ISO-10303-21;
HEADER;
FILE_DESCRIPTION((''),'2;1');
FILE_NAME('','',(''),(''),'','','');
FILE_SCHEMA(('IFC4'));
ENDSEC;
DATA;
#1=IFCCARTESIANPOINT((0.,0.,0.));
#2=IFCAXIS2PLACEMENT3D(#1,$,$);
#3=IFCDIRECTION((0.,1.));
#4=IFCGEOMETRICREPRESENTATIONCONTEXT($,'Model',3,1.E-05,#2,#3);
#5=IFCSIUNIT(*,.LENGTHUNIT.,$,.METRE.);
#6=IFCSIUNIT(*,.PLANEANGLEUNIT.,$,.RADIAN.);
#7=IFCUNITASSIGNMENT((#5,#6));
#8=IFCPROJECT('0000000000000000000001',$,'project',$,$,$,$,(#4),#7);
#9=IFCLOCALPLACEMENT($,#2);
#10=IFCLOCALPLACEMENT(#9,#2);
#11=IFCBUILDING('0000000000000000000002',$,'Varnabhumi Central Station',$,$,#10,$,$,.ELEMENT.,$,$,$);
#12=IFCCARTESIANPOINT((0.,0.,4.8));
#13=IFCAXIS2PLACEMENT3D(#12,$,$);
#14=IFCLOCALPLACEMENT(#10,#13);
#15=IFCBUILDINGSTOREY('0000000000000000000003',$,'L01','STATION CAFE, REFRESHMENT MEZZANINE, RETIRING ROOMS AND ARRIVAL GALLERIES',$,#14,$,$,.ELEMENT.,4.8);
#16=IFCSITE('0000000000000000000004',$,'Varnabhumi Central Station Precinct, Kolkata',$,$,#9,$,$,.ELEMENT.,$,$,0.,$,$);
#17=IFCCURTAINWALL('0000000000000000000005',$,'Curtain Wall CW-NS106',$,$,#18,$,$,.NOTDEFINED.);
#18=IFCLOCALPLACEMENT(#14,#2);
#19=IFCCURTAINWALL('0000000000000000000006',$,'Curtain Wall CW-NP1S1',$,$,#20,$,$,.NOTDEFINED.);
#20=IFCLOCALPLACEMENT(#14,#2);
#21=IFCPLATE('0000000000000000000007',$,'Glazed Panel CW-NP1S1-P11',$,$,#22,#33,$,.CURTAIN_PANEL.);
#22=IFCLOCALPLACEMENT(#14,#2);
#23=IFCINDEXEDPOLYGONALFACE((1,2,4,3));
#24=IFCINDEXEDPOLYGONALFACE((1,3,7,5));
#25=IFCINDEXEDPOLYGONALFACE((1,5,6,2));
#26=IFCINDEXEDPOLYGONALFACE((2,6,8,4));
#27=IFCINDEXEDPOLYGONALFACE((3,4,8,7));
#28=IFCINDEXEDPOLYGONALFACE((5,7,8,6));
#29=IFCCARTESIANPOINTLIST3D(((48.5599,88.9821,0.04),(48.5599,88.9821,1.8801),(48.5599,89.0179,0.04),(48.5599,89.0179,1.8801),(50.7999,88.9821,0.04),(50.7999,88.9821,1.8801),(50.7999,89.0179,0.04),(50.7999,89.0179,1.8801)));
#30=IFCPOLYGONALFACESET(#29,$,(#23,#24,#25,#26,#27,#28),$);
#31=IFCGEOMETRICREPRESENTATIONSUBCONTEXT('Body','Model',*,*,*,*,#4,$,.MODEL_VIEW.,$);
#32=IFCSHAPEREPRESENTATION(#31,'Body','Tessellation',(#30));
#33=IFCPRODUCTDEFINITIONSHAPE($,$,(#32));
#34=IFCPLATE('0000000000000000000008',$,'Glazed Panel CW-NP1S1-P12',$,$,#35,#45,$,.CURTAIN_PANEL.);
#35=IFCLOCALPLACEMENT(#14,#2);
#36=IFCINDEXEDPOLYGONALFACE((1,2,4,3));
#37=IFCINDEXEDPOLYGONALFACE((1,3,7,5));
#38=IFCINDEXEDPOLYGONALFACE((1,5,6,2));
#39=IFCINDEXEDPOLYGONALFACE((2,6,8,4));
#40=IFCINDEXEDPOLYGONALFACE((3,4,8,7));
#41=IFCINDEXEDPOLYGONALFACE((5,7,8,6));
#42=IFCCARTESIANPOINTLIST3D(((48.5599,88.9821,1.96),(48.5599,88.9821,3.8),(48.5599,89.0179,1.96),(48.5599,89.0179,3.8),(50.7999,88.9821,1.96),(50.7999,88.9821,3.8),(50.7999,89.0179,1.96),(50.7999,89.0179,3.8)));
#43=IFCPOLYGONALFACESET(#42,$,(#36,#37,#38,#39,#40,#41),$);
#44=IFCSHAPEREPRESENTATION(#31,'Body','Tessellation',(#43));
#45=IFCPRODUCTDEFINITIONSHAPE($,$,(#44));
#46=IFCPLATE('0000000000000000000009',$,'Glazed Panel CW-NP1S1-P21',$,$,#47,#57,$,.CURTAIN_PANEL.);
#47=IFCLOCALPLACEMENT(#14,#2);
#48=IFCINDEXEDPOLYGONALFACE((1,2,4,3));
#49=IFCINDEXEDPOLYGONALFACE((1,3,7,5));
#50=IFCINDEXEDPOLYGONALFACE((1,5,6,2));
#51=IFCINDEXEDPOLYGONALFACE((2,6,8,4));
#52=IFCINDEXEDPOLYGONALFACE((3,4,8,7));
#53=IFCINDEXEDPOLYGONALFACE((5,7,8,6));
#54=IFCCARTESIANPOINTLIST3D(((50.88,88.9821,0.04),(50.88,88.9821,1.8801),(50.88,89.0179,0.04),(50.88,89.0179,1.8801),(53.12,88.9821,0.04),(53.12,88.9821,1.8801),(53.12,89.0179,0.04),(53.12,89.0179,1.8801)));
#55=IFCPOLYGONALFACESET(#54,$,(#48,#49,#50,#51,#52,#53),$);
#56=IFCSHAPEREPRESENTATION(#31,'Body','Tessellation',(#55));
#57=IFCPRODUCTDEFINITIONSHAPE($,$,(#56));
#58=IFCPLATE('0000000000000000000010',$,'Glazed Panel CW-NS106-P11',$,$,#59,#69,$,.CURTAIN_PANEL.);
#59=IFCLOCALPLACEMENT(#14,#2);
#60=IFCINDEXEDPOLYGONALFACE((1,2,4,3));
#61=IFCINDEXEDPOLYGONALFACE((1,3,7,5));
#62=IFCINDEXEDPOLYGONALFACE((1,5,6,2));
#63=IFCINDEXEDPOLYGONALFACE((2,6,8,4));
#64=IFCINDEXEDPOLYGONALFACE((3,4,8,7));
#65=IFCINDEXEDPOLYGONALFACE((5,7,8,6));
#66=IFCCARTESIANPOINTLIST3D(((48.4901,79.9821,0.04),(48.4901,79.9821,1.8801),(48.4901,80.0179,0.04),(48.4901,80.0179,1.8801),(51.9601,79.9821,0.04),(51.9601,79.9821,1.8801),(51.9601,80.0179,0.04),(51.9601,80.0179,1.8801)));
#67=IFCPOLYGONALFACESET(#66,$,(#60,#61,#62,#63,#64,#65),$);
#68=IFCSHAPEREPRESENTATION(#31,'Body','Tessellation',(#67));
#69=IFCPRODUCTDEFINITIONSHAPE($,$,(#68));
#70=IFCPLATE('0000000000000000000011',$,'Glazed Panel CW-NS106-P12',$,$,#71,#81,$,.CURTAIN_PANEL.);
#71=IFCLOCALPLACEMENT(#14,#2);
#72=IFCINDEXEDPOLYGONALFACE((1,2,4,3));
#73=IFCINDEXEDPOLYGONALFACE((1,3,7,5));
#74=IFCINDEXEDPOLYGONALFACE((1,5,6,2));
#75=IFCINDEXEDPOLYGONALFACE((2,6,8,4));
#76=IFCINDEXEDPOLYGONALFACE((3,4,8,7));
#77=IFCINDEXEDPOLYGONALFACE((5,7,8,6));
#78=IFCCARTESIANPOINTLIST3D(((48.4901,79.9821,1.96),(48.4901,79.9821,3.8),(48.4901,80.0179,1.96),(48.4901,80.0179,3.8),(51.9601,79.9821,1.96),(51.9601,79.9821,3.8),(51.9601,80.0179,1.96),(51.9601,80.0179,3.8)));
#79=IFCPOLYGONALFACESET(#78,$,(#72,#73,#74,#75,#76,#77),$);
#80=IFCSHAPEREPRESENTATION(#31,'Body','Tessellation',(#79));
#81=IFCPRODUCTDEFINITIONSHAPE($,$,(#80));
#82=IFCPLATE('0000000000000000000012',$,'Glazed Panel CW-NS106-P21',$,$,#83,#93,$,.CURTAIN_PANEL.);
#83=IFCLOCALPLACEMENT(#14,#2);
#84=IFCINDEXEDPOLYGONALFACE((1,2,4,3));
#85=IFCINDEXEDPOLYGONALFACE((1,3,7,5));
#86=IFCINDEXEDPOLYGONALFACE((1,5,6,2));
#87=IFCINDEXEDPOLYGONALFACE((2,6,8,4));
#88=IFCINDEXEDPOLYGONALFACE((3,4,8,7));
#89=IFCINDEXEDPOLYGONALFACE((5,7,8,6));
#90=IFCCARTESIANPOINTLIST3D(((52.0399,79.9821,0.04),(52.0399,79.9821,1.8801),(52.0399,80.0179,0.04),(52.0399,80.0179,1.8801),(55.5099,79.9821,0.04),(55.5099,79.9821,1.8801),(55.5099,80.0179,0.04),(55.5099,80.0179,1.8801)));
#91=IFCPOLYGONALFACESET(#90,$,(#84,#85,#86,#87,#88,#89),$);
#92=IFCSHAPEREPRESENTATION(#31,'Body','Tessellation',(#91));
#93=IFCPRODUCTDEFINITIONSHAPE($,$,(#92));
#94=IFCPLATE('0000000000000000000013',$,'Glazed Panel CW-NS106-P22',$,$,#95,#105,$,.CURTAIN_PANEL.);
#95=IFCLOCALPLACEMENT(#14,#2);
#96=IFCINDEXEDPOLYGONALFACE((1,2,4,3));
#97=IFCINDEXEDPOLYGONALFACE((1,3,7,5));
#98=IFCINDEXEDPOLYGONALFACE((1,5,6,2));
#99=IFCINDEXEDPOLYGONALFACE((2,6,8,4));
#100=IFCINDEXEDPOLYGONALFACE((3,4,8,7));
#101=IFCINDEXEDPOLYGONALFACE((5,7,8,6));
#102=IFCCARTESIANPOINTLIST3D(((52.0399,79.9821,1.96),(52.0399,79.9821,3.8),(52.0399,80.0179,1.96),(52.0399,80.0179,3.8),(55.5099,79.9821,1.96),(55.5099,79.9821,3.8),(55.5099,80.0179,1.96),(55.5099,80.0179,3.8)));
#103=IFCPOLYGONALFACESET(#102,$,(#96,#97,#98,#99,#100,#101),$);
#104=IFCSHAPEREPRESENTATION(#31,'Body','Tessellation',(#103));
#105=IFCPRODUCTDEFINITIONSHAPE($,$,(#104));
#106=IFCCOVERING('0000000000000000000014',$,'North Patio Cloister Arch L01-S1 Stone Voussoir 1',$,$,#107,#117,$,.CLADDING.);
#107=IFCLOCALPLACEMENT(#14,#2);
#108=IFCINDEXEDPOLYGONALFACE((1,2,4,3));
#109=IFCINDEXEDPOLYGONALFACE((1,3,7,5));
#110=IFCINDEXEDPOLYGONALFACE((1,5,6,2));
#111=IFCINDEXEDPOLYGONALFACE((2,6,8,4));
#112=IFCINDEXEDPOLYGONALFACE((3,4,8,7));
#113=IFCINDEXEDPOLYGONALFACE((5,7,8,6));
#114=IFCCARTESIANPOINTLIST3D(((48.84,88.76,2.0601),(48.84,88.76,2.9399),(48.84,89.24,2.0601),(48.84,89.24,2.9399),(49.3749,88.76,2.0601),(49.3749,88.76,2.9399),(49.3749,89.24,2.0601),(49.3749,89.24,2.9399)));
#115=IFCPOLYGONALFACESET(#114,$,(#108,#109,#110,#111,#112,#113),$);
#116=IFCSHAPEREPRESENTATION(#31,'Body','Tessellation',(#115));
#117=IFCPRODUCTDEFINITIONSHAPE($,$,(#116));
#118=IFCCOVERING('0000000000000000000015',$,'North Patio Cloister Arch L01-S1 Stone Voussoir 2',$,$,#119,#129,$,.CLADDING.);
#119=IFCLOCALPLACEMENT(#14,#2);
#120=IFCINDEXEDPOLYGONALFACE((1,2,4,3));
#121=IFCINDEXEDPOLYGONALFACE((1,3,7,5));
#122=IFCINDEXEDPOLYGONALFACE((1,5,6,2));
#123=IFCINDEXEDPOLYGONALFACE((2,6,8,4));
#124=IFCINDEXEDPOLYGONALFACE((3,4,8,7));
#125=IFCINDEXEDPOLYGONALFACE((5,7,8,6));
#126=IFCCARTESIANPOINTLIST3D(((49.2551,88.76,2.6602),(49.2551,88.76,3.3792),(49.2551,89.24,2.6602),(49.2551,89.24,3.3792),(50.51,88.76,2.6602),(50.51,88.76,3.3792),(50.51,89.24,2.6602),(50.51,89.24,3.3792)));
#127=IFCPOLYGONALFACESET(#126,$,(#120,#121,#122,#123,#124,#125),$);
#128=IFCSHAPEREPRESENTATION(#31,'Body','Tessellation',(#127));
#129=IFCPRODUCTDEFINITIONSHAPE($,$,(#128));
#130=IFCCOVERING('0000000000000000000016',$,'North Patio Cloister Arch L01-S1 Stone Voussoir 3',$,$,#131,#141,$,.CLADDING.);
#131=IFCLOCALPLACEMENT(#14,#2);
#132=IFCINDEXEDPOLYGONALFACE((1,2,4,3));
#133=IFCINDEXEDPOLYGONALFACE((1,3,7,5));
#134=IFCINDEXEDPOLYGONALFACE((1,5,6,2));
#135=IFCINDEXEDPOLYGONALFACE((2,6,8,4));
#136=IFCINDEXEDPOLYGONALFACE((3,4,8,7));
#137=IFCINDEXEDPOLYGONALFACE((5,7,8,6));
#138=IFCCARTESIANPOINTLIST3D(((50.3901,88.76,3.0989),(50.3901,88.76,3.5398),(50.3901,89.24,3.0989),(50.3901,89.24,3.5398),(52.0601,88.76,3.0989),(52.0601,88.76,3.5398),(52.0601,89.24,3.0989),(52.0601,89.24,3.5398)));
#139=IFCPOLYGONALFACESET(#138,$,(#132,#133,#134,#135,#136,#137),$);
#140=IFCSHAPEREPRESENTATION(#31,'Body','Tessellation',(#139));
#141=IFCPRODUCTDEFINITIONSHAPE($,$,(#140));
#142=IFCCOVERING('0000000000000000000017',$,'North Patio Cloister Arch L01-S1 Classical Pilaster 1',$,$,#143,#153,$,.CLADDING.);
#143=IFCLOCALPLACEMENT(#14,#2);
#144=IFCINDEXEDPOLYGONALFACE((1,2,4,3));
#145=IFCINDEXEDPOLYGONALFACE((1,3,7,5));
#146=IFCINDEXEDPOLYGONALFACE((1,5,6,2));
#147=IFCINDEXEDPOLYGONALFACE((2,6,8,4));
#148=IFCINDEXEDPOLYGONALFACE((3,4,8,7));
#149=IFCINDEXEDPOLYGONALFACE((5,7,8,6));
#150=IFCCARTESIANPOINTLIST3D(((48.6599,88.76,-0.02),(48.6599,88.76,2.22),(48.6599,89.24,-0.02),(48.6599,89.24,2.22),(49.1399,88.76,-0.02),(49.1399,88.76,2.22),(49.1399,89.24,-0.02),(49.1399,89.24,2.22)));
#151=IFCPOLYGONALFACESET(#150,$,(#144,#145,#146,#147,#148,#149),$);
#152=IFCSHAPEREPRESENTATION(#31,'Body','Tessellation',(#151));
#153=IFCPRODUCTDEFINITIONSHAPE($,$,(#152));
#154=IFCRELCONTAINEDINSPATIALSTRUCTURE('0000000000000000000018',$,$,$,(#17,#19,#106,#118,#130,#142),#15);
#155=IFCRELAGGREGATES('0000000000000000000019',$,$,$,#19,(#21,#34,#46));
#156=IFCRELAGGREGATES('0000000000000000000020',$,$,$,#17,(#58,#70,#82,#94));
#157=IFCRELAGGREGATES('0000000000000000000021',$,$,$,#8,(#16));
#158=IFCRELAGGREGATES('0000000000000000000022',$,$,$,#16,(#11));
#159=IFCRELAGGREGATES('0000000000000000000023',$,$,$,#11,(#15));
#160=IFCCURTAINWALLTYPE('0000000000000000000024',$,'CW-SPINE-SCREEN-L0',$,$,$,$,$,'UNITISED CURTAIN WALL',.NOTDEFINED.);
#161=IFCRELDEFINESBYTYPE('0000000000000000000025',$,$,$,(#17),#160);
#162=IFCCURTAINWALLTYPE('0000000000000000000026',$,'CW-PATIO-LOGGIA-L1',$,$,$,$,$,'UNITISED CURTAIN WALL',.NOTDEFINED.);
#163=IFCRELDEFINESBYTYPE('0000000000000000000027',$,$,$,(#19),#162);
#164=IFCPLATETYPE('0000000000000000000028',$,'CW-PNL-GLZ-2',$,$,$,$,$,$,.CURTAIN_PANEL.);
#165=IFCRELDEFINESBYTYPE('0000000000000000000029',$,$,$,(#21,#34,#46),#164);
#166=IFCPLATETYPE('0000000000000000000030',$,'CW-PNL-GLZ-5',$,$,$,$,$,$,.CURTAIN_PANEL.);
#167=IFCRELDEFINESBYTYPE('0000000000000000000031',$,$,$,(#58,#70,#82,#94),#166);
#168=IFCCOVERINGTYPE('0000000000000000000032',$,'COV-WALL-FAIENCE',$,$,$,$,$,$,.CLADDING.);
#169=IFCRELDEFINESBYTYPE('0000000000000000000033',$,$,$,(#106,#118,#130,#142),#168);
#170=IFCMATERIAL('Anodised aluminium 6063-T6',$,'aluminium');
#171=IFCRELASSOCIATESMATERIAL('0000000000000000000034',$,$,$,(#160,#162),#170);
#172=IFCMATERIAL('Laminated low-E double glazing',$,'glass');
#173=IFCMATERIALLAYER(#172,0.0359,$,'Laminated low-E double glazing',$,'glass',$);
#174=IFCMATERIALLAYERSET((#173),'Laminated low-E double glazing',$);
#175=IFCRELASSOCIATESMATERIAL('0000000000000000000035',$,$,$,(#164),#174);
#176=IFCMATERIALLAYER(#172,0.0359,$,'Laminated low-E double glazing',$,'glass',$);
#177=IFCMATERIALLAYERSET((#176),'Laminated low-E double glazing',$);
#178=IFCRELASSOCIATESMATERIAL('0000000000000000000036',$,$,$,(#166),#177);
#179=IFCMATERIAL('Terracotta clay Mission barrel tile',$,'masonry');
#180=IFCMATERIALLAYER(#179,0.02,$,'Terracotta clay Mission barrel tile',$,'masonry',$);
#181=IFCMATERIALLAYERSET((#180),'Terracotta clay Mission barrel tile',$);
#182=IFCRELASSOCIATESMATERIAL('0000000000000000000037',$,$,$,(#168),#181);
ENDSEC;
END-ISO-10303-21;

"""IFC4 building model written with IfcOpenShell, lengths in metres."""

from ifc_helpers import new_model, si_unit, direction, frame, origin, origin_2d, place, context, subcontext, project, spatial, rectangle, extrude, material, layer, layer_set, type_object, element, aggregate, save


model = new_model("IFC4")

# Units and contexts
model_context = context("Model", 3, precision=1e-05, world=origin(), true_north=direction((0.0, 1.0)))
body_context = subcontext(model_context, "Body", "Model", "MODEL_VIEW")
ifc_project = project(units=[si_unit("LENGTHUNIT", "METRE"), si_unit("PLANEANGLEUNIT", "RADIAN")], contexts=[model_context])

# Site, building, storey
site_placement = place(None, origin())
site = spatial("IfcSite", under=ifc_project, at=site_placement, Name="Varnabhumi Central Station Precinct, Kolkata", CompositionType="ELEMENT", RefElevation=0.0)
building_placement = place(site_placement, origin())
building = spatial("IfcBuilding", under=site, at=building_placement, Name="Varnabhumi Central Station", CompositionType="ELEMENT")
storey_placement = place(building_placement, frame((0.0, 0.0, 4.8)))
storey = spatial("IfcBuildingStorey", under=building, at=storey_placement, Name="L01", Description="STATION CAFE, REFRESHMENT MEZZANINE, RETIRING ROOMS AND ARRIVAL GALLERIES", CompositionType="ELEMENT", Elevation=4.8)

# Curtain walls
ifc_material_1 = material(Name="Anodised aluminium 6063-T6", Category="aluminium")
curtain_wall_type_1 = type_object("IfcCurtainWallType", Name="CW-SPINE-SCREEN-L0", ElementType="UNITISED CURTAIN WALL", PredefinedType="NOTDEFINED", material=ifc_material_1)
curtain_wall_1_placement = place(storey_placement, origin())
curtain_wall_1 = element("IfcCurtainWall", 1, at=curtain_wall_1_placement, inside=storey, type_object=curtain_wall_type_1, Name="Curtain Wall CW-NS106", PredefinedType="NOTDEFINED")
curtain_wall_type_2 = type_object("IfcCurtainWallType", Name="CW-PATIO-LOGGIA-L1", ElementType="UNITISED CURTAIN WALL", PredefinedType="NOTDEFINED", material=ifc_material_1)
curtain_wall_2_placement = place(storey_placement, origin())
curtain_wall_2 = element("IfcCurtainWall", 2, at=curtain_wall_2_placement, inside=storey, type_object=curtain_wall_type_2, Name="Curtain Wall CW-NP1S1", PredefinedType="NOTDEFINED")

# Plates
ifc_material_2 = material(Name="Laminated low-E double glazing", Category="glass")
ifc_layer_1 = layer(ifc_material_2, 0.0359, Name="Laminated low-E double glazing", Category="glass")
ifc_layer_set_1 = layer_set([ifc_layer_1], Name="Laminated low-E double glazing")
plate_type_1 = type_object("IfcPlateType", Name="CW-PNL-GLZ-2", PredefinedType="CURTAIN_PANEL", material=ifc_layer_set_1)
plate_1_placement = place(storey_placement, frame((49.6799, 89.0, 0.04), z_axis=(0.0, 0.0, 1.0), x_axis=(1.0, 0.0, 0.0)))
plate_1 = element("IfcPlate", 3, at=plate_1_placement, type_object=plate_type_1, Name="Glazed Panel CW-NP1S1-P11", PredefinedType="CURTAIN_PANEL", context=body_context, shape_type="SweptSolid", body=[
    extrude(rectangle(XDim=2.24, YDim=0.0359, at=origin_2d()), origin(), (0.0, 0.0, 1.0), 1.8401),
])
plate_2_placement = place(storey_placement, frame((49.6799, 89.0, 1.96), z_axis=(0.0, 0.0, 1.0), x_axis=(1.0, 0.0, 0.0)))
plate_2 = element("IfcPlate", 4, at=plate_2_placement, type_object=plate_type_1, Name="Glazed Panel CW-NP1S1-P12", PredefinedType="CURTAIN_PANEL", context=body_context, shape_type="SweptSolid", body=[
    extrude(rectangle(XDim=2.24, YDim=0.0359, at=origin_2d()), origin(), (0.0, 0.0, 1.0), 1.8401),
])
plate_3_placement = place(storey_placement, frame((52.0, 89.0, 0.04), z_axis=(0.0, 0.0, 1.0), x_axis=(1.0, 0.0, 0.0)))
plate_3 = element("IfcPlate", 5, at=plate_3_placement, type_object=plate_type_1, Name="Glazed Panel CW-NP1S1-P21", PredefinedType="CURTAIN_PANEL", context=body_context, shape_type="SweptSolid", body=[
    extrude(rectangle(XDim=2.24, YDim=0.0359, at=origin_2d()), origin(), (0.0, 0.0, 1.0), 1.8401),
])
aggregate(curtain_wall_2, [plate_1, plate_2, plate_3])
ifc_layer_2 = layer(ifc_material_2, 0.0359, Name="Laminated low-E double glazing", Category="glass")
ifc_layer_set_2 = layer_set([ifc_layer_2], Name="Laminated low-E double glazing")
plate_type_2 = type_object("IfcPlateType", Name="CW-PNL-GLZ-5", PredefinedType="CURTAIN_PANEL", material=ifc_layer_set_2)
plate_4_placement = place(storey_placement, frame((50.2251, 80.0, 0.04), z_axis=(0.0, 0.0, 1.0), x_axis=(1.0, 0.0, 0.0)))
plate_4 = element("IfcPlate", 6, at=plate_4_placement, type_object=plate_type_2, Name="Glazed Panel CW-NS106-P11", PredefinedType="CURTAIN_PANEL", context=body_context, shape_type="SweptSolid", body=[
    extrude(rectangle(XDim=3.47, YDim=0.0359, at=origin_2d()), origin(), (0.0, 0.0, 1.0), 1.8401),
])
plate_5_placement = place(storey_placement, frame((50.2251, 80.0, 1.96), z_axis=(0.0, 0.0, 1.0), x_axis=(1.0, 0.0, 0.0)))
plate_5 = element("IfcPlate", 7, at=plate_5_placement, type_object=plate_type_2, Name="Glazed Panel CW-NS106-P12", PredefinedType="CURTAIN_PANEL", context=body_context, shape_type="SweptSolid", body=[
    extrude(rectangle(XDim=3.47, YDim=0.0359, at=origin_2d()), origin(), (0.0, 0.0, 1.0), 1.8401),
])
plate_6_placement = place(storey_placement, frame((53.7749, 80.0, 0.04), z_axis=(0.0, 0.0, 1.0), x_axis=(1.0, 0.0, 0.0)))
plate_6 = element("IfcPlate", 8, at=plate_6_placement, type_object=plate_type_2, Name="Glazed Panel CW-NS106-P21", PredefinedType="CURTAIN_PANEL", context=body_context, shape_type="SweptSolid", body=[
    extrude(rectangle(XDim=3.47, YDim=0.0359, at=origin_2d()), origin(), (0.0, 0.0, 1.0), 1.8401),
])
plate_7_placement = place(storey_placement, frame((53.7749, 80.0, 1.96), z_axis=(0.0, 0.0, 1.0), x_axis=(1.0, 0.0, 0.0)))
plate_7 = element("IfcPlate", 9, at=plate_7_placement, type_object=plate_type_2, Name="Glazed Panel CW-NS106-P22", PredefinedType="CURTAIN_PANEL", context=body_context, shape_type="SweptSolid", body=[
    extrude(rectangle(XDim=3.47, YDim=0.0359, at=origin_2d()), origin(), (0.0, 0.0, 1.0), 1.8401),
])
aggregate(curtain_wall_1, [plate_4, plate_5, plate_6, plate_7])

# Coverings
ifc_material_3 = material(Name="Terracotta clay Mission barrel tile", Category="masonry")
ifc_layer_3 = layer(ifc_material_3, 0.02, Name="Terracotta clay Mission barrel tile", Category="masonry")
ifc_layer_set_3 = layer_set([ifc_layer_3], Name="Terracotta clay Mission barrel tile")
covering_type = type_object("IfcCoveringType", Name="COV-WALL-FAIENCE", PredefinedType="CLADDING", material=ifc_layer_set_3)
covering_1_placement = place(storey_placement, frame((49.1074, 89.0, 2.0601), z_axis=(0.0, 0.0, 1.0), x_axis=(1.0, 0.0, 0.0)))
element("IfcCovering", 10, at=covering_1_placement, inside=storey, type_object=covering_type, Name="North Patio Cloister Arch L01-S1 Stone Voussoir 1", PredefinedType="CLADDING", context=body_context, shape_type="SweptSolid", body=[
    extrude(rectangle(XDim=0.5349, YDim=0.48, at=origin_2d()), origin(), (0.0, 0.0, 1.0), 0.8799),
])
covering_2_placement = place(storey_placement, frame((49.8826, 89.0, 2.6602), z_axis=(0.0, 0.0, 1.0), x_axis=(1.0, 0.0, 0.0)))
element("IfcCovering", 11, at=covering_2_placement, inside=storey, type_object=covering_type, Name="North Patio Cloister Arch L01-S1 Stone Voussoir 2", PredefinedType="CLADDING", context=body_context, shape_type="SweptSolid", body=[
    extrude(rectangle(XDim=1.2549, YDim=0.48, at=origin_2d()), origin(), (0.0, 0.0, 1.0), 0.719),
])
covering_3_placement = place(storey_placement, frame((51.2251, 89.0, 3.0989), z_axis=(0.0, 0.0, 1.0), x_axis=(1.0, 0.0, 0.0)))
element("IfcCovering", 12, at=covering_3_placement, inside=storey, type_object=covering_type, Name="North Patio Cloister Arch L01-S1 Stone Voussoir 3", PredefinedType="CLADDING", context=body_context, shape_type="SweptSolid", body=[
    extrude(rectangle(XDim=1.6699, YDim=0.48, at=origin_2d()), origin(), (0.0, 0.0, 1.0), 0.4409),
])
covering_4_placement = place(storey_placement, frame((48.8999, 89.0, -0.02), z_axis=(0.0, 0.0, 1.0), x_axis=(1.0, 0.0, 0.0)))
element("IfcCovering", 13, at=covering_4_placement, inside=storey, type_object=covering_type, Name="North Patio Cloister Arch L01-S1 Classical Pilaster 1", PredefinedType="CLADDING", context=body_context, shape_type="SweptSolid", body=[
    extrude(rectangle(XDim=0.48, YDim=0.48, at=origin_2d()), origin(), (0.0, 0.0, 1.0), 2.24),
])

save(model, "model.ifc")
